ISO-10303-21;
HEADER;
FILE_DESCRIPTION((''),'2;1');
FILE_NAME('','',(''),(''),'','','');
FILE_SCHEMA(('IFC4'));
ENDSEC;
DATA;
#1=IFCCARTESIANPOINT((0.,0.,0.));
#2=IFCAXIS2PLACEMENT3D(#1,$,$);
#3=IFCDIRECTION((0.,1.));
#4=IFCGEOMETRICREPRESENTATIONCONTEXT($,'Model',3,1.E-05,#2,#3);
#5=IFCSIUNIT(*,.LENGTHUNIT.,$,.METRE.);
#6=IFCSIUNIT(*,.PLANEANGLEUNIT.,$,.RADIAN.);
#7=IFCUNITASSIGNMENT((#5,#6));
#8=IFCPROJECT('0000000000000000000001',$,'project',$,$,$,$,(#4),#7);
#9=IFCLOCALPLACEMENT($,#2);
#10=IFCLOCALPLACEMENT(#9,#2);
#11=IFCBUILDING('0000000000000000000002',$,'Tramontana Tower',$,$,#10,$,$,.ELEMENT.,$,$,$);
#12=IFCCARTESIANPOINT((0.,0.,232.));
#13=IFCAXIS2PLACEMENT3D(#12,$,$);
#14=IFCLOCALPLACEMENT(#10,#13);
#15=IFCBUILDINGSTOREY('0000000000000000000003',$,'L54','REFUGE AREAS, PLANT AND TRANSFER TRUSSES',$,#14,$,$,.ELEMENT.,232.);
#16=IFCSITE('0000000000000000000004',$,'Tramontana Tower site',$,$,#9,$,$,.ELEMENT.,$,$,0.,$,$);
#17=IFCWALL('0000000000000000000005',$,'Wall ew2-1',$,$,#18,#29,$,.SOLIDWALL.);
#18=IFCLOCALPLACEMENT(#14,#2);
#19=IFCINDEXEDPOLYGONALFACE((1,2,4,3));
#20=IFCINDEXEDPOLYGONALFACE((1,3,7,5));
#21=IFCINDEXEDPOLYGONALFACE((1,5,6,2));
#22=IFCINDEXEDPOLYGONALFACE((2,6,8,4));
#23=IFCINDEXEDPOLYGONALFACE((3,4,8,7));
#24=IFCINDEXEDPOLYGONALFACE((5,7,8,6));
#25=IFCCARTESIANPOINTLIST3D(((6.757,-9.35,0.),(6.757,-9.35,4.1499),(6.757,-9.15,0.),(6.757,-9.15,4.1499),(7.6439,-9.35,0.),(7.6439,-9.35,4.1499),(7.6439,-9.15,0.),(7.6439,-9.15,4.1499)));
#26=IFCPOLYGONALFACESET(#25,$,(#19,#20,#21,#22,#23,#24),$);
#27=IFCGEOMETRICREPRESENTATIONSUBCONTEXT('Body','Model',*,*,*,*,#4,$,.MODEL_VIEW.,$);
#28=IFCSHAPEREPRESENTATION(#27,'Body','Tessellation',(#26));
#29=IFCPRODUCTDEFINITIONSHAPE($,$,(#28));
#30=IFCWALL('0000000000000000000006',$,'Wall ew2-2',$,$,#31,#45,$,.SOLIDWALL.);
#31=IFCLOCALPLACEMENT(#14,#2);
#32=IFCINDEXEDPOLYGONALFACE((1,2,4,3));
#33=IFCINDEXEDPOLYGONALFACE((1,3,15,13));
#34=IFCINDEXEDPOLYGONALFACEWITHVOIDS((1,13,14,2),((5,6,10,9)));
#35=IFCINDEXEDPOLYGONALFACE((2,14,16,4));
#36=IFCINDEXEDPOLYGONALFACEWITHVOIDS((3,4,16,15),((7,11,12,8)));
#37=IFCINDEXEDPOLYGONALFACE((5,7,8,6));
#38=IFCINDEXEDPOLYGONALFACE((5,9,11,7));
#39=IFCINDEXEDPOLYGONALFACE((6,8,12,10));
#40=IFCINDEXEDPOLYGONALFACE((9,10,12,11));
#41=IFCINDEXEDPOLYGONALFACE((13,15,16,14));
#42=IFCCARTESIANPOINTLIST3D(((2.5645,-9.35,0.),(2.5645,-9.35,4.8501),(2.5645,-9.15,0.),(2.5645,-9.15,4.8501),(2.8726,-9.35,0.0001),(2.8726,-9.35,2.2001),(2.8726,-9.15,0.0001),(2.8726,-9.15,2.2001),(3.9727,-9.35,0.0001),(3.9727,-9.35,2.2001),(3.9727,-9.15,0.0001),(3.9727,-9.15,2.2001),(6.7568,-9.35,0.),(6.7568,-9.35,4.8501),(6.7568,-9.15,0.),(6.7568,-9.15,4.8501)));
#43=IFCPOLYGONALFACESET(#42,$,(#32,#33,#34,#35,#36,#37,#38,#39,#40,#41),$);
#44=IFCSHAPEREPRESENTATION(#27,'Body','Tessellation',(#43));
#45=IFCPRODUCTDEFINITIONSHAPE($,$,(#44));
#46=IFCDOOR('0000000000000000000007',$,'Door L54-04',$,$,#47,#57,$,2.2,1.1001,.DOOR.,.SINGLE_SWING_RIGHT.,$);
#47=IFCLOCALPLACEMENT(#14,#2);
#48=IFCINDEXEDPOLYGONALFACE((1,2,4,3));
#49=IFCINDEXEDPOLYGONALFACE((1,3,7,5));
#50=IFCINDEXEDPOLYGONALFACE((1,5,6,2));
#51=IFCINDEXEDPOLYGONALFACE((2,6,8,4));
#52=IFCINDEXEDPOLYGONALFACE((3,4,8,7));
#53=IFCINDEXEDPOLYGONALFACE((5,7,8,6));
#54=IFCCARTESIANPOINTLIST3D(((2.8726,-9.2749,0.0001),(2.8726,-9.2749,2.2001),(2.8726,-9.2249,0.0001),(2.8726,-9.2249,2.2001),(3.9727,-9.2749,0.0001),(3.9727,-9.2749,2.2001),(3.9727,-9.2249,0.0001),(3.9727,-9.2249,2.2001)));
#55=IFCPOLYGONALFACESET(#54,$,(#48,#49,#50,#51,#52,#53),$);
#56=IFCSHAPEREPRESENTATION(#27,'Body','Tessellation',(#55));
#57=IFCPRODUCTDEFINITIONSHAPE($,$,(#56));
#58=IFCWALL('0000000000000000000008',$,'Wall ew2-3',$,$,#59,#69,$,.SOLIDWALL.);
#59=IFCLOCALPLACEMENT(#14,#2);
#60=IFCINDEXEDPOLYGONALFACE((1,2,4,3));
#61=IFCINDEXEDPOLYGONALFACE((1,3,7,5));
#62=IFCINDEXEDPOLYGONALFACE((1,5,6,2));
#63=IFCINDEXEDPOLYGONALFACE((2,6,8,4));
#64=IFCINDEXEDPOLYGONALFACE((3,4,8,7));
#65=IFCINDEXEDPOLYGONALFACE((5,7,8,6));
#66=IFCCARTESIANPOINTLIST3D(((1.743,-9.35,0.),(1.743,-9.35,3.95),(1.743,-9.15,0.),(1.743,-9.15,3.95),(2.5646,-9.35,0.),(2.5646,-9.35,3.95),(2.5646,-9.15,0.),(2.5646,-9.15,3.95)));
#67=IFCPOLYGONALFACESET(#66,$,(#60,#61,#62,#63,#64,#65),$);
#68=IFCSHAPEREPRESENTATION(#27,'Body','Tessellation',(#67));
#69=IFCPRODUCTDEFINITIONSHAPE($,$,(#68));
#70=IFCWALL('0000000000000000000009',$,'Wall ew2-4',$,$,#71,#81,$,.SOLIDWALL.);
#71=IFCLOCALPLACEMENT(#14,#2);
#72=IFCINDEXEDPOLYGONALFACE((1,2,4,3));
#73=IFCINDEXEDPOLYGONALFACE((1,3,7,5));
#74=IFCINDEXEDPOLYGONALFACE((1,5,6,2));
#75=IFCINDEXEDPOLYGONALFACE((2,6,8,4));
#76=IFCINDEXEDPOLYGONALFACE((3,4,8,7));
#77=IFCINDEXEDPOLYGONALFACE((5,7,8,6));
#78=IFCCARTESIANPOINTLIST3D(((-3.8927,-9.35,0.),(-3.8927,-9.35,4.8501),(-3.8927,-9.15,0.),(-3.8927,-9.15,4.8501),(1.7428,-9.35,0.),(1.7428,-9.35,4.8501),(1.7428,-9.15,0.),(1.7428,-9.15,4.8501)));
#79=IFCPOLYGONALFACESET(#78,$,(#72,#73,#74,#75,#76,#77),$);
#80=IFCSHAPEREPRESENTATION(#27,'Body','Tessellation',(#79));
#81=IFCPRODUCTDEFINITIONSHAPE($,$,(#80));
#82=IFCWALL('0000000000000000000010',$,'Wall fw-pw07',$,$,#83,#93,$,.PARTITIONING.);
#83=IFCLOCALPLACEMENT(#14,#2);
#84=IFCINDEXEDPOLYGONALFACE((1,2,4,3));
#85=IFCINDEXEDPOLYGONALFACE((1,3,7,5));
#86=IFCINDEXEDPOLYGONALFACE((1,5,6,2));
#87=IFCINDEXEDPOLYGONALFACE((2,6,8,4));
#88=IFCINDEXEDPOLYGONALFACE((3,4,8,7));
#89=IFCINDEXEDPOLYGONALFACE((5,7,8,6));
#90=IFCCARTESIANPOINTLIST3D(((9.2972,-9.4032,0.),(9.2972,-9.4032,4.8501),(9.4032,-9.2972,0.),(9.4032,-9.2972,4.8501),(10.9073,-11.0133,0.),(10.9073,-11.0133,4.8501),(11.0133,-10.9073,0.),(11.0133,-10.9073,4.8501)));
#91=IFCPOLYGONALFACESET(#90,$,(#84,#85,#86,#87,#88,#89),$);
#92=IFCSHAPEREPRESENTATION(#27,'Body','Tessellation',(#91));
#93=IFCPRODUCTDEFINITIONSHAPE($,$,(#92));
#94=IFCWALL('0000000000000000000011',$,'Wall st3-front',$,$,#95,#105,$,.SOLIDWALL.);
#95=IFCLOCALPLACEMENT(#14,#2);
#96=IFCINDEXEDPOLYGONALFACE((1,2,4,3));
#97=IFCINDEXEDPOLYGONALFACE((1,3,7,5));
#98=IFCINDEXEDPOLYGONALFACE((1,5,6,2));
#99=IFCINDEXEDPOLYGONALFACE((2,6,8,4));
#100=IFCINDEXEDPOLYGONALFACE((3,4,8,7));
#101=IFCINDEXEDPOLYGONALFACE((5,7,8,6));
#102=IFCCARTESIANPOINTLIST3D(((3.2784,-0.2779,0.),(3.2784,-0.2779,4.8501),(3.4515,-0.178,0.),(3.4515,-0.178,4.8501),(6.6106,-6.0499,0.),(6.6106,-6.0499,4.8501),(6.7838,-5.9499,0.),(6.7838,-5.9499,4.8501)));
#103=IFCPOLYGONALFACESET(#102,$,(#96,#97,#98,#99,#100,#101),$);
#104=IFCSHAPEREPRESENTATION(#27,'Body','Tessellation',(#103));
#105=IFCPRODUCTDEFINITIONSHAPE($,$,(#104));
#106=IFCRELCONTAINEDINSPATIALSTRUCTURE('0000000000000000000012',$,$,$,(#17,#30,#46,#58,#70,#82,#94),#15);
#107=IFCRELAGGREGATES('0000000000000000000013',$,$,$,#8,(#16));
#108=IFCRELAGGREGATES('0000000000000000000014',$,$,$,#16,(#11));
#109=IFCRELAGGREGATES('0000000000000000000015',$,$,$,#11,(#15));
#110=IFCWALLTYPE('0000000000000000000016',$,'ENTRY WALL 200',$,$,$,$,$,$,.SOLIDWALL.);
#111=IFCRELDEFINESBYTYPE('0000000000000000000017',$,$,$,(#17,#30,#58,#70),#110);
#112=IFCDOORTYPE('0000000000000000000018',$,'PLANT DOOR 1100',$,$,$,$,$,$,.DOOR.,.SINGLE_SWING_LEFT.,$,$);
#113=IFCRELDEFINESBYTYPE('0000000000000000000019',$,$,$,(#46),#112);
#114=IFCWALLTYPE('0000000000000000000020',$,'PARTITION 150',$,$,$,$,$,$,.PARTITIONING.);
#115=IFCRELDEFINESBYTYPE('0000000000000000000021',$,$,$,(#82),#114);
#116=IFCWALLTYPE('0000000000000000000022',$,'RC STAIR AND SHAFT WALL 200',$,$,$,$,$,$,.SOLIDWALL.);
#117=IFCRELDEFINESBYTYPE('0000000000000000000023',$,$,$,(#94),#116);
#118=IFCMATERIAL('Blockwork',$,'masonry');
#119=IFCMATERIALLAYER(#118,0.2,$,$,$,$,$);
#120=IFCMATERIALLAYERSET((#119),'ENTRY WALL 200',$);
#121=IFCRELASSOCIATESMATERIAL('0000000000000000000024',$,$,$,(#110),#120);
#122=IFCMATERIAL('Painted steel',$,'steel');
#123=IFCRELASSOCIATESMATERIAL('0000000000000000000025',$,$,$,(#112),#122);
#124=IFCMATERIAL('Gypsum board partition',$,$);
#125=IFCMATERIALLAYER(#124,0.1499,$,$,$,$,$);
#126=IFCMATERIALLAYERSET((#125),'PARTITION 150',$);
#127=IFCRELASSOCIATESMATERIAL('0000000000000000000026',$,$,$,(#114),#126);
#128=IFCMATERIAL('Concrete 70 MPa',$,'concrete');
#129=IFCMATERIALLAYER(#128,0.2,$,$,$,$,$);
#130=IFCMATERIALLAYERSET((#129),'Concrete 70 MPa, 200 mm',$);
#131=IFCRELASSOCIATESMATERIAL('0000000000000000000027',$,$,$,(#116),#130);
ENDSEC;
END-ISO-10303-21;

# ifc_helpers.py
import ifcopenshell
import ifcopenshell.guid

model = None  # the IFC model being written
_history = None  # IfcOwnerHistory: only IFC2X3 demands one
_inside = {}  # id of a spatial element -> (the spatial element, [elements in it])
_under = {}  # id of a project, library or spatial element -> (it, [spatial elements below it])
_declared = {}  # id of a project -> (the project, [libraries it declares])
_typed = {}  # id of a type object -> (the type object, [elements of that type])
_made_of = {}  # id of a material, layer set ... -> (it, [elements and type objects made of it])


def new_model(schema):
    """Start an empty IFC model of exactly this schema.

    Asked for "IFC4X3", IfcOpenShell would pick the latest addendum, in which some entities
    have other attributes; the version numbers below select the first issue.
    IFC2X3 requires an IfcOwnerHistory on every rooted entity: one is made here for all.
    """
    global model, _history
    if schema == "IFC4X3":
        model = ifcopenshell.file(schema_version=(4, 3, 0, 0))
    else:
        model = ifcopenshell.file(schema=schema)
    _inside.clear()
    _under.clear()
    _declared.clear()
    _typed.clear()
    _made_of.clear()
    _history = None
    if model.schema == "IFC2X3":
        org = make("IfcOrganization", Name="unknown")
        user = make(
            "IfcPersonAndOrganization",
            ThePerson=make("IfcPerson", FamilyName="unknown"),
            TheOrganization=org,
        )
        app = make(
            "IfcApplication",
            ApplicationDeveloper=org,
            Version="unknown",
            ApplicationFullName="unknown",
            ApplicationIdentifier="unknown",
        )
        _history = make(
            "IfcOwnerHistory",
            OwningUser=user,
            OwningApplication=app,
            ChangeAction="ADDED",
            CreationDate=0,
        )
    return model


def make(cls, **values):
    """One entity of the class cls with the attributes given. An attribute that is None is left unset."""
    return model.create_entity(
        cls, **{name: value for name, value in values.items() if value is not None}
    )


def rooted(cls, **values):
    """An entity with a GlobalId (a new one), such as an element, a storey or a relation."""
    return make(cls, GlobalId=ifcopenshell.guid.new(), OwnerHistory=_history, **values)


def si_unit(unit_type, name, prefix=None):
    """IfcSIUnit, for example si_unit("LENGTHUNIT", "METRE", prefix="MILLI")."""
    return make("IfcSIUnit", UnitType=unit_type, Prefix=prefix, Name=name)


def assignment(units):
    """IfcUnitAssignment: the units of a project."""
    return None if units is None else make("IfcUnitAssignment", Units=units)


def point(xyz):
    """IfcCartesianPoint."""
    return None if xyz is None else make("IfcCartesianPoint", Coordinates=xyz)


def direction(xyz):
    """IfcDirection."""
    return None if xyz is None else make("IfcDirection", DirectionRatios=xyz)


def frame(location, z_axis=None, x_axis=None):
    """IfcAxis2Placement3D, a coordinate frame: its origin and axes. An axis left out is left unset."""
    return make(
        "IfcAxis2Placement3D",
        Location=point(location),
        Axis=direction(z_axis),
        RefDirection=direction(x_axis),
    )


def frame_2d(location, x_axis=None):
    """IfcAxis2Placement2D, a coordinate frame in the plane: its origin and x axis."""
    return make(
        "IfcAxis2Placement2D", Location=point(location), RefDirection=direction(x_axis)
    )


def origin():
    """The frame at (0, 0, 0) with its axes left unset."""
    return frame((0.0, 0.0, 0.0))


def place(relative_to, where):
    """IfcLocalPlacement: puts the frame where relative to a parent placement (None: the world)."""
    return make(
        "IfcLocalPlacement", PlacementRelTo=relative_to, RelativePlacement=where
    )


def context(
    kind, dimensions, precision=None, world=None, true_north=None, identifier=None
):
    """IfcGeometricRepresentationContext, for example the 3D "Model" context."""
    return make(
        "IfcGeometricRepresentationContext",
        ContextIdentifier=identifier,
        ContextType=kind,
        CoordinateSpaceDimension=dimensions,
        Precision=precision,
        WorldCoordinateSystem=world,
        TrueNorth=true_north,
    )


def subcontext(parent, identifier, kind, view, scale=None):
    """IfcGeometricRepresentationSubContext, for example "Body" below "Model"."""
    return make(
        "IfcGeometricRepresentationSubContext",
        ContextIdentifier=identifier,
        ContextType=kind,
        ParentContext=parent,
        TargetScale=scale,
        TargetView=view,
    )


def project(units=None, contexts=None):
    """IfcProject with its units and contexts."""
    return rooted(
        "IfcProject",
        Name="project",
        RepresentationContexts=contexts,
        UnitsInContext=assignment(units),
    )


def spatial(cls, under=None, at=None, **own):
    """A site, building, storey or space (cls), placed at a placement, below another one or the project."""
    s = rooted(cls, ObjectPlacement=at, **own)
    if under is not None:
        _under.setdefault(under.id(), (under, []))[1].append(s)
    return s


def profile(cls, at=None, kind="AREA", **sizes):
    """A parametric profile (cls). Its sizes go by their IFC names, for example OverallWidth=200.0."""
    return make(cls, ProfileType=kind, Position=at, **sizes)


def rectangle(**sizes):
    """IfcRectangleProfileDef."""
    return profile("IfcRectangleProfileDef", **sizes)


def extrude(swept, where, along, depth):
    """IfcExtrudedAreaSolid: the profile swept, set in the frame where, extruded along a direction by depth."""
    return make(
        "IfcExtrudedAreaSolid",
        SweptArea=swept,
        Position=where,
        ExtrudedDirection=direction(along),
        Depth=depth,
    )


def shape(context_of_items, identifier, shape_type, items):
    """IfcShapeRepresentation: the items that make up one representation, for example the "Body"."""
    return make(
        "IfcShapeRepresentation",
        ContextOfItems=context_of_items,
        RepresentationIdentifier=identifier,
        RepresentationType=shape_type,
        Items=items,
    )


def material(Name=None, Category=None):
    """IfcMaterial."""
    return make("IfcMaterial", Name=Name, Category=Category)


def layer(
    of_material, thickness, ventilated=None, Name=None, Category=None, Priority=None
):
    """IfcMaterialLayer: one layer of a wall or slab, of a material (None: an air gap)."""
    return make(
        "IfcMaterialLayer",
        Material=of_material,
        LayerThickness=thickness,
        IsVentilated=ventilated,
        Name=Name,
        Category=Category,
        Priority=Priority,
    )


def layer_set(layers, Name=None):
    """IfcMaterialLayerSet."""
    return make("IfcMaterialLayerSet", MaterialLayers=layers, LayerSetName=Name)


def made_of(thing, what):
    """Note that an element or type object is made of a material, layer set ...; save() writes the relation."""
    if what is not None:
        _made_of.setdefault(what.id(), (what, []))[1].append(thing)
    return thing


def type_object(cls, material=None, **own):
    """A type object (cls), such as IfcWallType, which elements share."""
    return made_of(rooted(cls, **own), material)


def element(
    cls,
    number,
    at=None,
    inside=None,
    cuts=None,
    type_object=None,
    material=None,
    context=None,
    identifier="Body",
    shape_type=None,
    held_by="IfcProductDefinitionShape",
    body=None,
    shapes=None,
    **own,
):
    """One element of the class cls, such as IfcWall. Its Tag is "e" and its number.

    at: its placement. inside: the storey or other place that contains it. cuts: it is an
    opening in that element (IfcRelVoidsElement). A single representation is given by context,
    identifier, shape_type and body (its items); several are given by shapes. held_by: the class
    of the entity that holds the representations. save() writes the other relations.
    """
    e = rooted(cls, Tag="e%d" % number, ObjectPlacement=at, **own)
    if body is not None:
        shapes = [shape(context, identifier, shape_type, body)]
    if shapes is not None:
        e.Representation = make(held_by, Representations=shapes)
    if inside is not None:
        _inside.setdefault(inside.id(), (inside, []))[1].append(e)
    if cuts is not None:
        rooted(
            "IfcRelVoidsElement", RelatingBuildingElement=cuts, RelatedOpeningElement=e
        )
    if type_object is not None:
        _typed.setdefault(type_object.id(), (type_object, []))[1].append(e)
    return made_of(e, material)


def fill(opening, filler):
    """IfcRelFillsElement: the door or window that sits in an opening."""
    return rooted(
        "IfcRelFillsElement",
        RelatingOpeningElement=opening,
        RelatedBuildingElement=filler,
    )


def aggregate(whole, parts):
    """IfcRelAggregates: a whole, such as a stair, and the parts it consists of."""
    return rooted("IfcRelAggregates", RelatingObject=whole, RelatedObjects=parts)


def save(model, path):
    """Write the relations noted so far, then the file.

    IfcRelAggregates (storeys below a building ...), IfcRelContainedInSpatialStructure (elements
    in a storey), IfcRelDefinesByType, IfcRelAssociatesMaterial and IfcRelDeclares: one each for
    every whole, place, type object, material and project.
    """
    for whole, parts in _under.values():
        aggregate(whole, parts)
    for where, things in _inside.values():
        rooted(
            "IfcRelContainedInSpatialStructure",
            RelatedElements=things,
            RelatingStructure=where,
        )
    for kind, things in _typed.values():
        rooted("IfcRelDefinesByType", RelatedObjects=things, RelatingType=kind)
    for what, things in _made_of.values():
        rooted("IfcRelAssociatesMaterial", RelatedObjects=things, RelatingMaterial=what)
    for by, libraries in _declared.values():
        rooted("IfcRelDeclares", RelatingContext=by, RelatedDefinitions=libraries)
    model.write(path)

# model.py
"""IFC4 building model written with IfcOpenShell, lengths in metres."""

from ifc_helpers import new_model, si_unit, direction, frame, frame_2d, origin, place, context, subcontext, project, spatial, rectangle, extrude, material, layer, layer_set, type_object, element, fill, save


model = new_model("IFC4")

# Units and contexts
model_context = context("Model", 3, precision=1e-05, world=origin(), true_north=direction((0.0, 1.0)))
body_context = subcontext(model_context, "Body", "Model", "MODEL_VIEW")
ifc_project = project(units=[si_unit("LENGTHUNIT", "METRE"), si_unit("PLANEANGLEUNIT", "RADIAN")], contexts=[model_context])

# Site, building, storey
site_placement = place(None, origin())
site = spatial("IfcSite", under=ifc_project, at=site_placement, Name="Tramontana Tower site", CompositionType="ELEMENT", RefElevation=0.0)
building_placement = place(site_placement, origin())
building = spatial("IfcBuilding", under=site, at=building_placement, Name="Tramontana Tower", CompositionType="ELEMENT")
storey_placement = place(building_placement, frame((0.0, 0.0, 232.0)))
storey = spatial("IfcBuildingStorey", under=building, at=storey_placement, Name="L54", Description="REFUGE AREAS, PLANT AND TRANSFER TRUSSES", CompositionType="ELEMENT", Elevation=232.0)

# Wall
ifc_material_1 = material(Name="Blockwork", Category="masonry")
ifc_layer_1 = layer(ifc_material_1, 0.2)
ifc_layer_set_1 = layer_set([ifc_layer_1], Name="ENTRY WALL 200")
wall_type_1 = type_object("IfcWallType", Name="ENTRY WALL 200", PredefinedType="SOLIDWALL", material=ifc_layer_set_1)
wall_1_placement = place(storey_placement, frame((7.6438, -9.25, 0.0), z_axis=(0.0, 0.0, 1.0), x_axis=(-1.0, 0.0, 0.0)))
element("IfcWall", 1, at=wall_1_placement, inside=storey, type_object=wall_type_1, Name="Wall ew2-1", PredefinedType="SOLIDWALL", context=body_context, shape_type="SweptSolid", body=[
    extrude(rectangle(XDim=0.887, YDim=0.2, at=frame_2d((0.4434, 0.0))), origin(), (0.0, 0.0, 1.0), 4.1499),
])

# Wall, opening, door
wall_2_placement = place(storey_placement, frame((6.7568, -9.25, 0.0), z_axis=(0.0, 0.0, 1.0), x_axis=(-1.0, 0.0, 0.0)))
wall_2 = element("IfcWall", 2, at=wall_2_placement, inside=storey, type_object=wall_type_1, Name="Wall ew2-2", PredefinedType="SOLIDWALL", context=body_context, shape_type="SweptSolid", body=[
    extrude(rectangle(XDim=4.1924, YDim=0.2, at=frame_2d((2.0962, 0.0))), origin(), (0.0, 0.0, 1.0), 4.8501),
])
opening_placement = place(wall_2_placement, frame((2.7842, 0.0, 0.0)))
opening = element("IfcOpeningElement", 3, at=opening_placement, cuts=wall_2, PredefinedType="OPENING", context=body_context, shape_type="SweptSolid", body=[
    extrude(rectangle(XDim=1.1001, YDim=2.2, at=frame_2d((0.55, 1.1001))), frame((0.0, 0.1099, 0.0), z_axis=(0.0, -1.0, 0.0), x_axis=(1.0, 0.0, 0.0)), (0.0, 0.0, 1.0), 0.22),
])
ifc_material_2 = material(Name="Painted steel", Category="steel")
door_type = type_object("IfcDoorType", Name="PLANT DOOR 1100", OperationType="SINGLE_SWING_LEFT", PredefinedType="DOOR", material=ifc_material_2)
door_placement = place(opening_placement, origin())
door = element("IfcDoor", 4, at=door_placement, inside=storey, type_object=door_type, Name="Door L54-04", OperationType="SINGLE_SWING_RIGHT", OverallHeight=2.2, OverallWidth=1.1001, PredefinedType="DOOR", context=body_context, shape_type="SweptSolid", body=[
    extrude(rectangle(XDim=1.1001, YDim=2.2, at=frame_2d((0.55, 1.1001))), frame((0.0, 0.0249, 0.0), z_axis=(0.0, -1.0, 0.0), x_axis=(1.0, 0.0, 0.0)), (0.0, 0.0, 1.0), 0.05),
])
fill(opening, door)

# Walls
wall_3_placement = place(storey_placement, frame((2.5645, -9.25, 0.0), z_axis=(0.0, 0.0, 1.0), x_axis=(-1.0, 0.0, 0.0)))
element("IfcWall", 5, at=wall_3_placement, inside=storey, type_object=wall_type_1, Name="Wall ew2-3", PredefinedType="SOLIDWALL", context=body_context, shape_type="SweptSolid", body=[
    extrude(rectangle(XDim=0.8215, YDim=0.2, at=frame_2d((0.4106, 0.0))), origin(), (0.0, 0.0, 1.0), 3.95),
])
wall_4_placement = place(storey_placement, frame((1.7429, -9.25, 0.0), z_axis=(0.0, 0.0, 1.0), x_axis=(-1.0, 0.0, 0.0)))
element("IfcWall", 6, at=wall_4_placement, inside=storey, type_object=wall_type_1, Name="Wall ew2-4", PredefinedType="SOLIDWALL", context=body_context, shape_type="SweptSolid", body=[
    extrude(rectangle(XDim=5.6355, YDim=0.2, at=frame_2d((2.8179, 0.0))), origin(), (0.0, 0.0, 1.0), 4.8501),
])
ifc_material_3 = material(Name="Gypsum board partition")
ifc_layer_2 = layer(ifc_material_3, 0.1499)
ifc_layer_set_2 = layer_set([ifc_layer_2], Name="PARTITION 150")
wall_type_2 = type_object("IfcWallType", Name="PARTITION 150", PredefinedType="PARTITIONING", material=ifc_layer_set_2)
wall_5_placement = place(storey_placement, frame((9.3501, -9.3501, 0.0), z_axis=(0.0, 0.0, 1.0), x_axis=(0.707107, -0.707107, 0.0)))
element("IfcWall", 7, at=wall_5_placement, inside=storey, type_object=wall_type_2, Name="Wall fw-pw07", PredefinedType="PARTITIONING", context=body_context, shape_type="SweptSolid", body=[
    extrude(rectangle(XDim=2.2771, YDim=0.1499, at=frame_2d((1.1387, 0.0))), origin(), (0.0, 0.0, 1.0), 4.8501),
])
ifc_material_4 = material(Name="Concrete 70 MPa", Category="concrete")
ifc_layer_3 = layer(ifc_material_4, 0.2)
ifc_layer_set_3 = layer_set([ifc_layer_3], Name="Concrete 70 MPa, 200 mm")
wall_type_3 = type_object("IfcWallType", Name="RC STAIR AND SHAFT WALL 200", PredefinedType="SOLIDWALL", material=ifc_layer_set_3)
wall_6_placement = place(storey_placement, frame((6.6973, -6.0, 0.0), z_axis=(0.0, 0.0, 1.0), x_axis=(-0.49998, 0.866037, 0.0)))
element("IfcWall", 8, at=wall_6_placement, inside=storey, type_object=wall_type_3, Name="Wall st3-front", PredefinedType="SOLIDWALL", context=body_context, shape_type="SweptSolid", body=[
    extrude(rectangle(XDim=6.6648, YDim=0.2, at=frame_2d((3.3325, 0.0))), origin(), (0.0, 0.0, 1.0), 4.8501),
])

save(model, "model.ifc")
